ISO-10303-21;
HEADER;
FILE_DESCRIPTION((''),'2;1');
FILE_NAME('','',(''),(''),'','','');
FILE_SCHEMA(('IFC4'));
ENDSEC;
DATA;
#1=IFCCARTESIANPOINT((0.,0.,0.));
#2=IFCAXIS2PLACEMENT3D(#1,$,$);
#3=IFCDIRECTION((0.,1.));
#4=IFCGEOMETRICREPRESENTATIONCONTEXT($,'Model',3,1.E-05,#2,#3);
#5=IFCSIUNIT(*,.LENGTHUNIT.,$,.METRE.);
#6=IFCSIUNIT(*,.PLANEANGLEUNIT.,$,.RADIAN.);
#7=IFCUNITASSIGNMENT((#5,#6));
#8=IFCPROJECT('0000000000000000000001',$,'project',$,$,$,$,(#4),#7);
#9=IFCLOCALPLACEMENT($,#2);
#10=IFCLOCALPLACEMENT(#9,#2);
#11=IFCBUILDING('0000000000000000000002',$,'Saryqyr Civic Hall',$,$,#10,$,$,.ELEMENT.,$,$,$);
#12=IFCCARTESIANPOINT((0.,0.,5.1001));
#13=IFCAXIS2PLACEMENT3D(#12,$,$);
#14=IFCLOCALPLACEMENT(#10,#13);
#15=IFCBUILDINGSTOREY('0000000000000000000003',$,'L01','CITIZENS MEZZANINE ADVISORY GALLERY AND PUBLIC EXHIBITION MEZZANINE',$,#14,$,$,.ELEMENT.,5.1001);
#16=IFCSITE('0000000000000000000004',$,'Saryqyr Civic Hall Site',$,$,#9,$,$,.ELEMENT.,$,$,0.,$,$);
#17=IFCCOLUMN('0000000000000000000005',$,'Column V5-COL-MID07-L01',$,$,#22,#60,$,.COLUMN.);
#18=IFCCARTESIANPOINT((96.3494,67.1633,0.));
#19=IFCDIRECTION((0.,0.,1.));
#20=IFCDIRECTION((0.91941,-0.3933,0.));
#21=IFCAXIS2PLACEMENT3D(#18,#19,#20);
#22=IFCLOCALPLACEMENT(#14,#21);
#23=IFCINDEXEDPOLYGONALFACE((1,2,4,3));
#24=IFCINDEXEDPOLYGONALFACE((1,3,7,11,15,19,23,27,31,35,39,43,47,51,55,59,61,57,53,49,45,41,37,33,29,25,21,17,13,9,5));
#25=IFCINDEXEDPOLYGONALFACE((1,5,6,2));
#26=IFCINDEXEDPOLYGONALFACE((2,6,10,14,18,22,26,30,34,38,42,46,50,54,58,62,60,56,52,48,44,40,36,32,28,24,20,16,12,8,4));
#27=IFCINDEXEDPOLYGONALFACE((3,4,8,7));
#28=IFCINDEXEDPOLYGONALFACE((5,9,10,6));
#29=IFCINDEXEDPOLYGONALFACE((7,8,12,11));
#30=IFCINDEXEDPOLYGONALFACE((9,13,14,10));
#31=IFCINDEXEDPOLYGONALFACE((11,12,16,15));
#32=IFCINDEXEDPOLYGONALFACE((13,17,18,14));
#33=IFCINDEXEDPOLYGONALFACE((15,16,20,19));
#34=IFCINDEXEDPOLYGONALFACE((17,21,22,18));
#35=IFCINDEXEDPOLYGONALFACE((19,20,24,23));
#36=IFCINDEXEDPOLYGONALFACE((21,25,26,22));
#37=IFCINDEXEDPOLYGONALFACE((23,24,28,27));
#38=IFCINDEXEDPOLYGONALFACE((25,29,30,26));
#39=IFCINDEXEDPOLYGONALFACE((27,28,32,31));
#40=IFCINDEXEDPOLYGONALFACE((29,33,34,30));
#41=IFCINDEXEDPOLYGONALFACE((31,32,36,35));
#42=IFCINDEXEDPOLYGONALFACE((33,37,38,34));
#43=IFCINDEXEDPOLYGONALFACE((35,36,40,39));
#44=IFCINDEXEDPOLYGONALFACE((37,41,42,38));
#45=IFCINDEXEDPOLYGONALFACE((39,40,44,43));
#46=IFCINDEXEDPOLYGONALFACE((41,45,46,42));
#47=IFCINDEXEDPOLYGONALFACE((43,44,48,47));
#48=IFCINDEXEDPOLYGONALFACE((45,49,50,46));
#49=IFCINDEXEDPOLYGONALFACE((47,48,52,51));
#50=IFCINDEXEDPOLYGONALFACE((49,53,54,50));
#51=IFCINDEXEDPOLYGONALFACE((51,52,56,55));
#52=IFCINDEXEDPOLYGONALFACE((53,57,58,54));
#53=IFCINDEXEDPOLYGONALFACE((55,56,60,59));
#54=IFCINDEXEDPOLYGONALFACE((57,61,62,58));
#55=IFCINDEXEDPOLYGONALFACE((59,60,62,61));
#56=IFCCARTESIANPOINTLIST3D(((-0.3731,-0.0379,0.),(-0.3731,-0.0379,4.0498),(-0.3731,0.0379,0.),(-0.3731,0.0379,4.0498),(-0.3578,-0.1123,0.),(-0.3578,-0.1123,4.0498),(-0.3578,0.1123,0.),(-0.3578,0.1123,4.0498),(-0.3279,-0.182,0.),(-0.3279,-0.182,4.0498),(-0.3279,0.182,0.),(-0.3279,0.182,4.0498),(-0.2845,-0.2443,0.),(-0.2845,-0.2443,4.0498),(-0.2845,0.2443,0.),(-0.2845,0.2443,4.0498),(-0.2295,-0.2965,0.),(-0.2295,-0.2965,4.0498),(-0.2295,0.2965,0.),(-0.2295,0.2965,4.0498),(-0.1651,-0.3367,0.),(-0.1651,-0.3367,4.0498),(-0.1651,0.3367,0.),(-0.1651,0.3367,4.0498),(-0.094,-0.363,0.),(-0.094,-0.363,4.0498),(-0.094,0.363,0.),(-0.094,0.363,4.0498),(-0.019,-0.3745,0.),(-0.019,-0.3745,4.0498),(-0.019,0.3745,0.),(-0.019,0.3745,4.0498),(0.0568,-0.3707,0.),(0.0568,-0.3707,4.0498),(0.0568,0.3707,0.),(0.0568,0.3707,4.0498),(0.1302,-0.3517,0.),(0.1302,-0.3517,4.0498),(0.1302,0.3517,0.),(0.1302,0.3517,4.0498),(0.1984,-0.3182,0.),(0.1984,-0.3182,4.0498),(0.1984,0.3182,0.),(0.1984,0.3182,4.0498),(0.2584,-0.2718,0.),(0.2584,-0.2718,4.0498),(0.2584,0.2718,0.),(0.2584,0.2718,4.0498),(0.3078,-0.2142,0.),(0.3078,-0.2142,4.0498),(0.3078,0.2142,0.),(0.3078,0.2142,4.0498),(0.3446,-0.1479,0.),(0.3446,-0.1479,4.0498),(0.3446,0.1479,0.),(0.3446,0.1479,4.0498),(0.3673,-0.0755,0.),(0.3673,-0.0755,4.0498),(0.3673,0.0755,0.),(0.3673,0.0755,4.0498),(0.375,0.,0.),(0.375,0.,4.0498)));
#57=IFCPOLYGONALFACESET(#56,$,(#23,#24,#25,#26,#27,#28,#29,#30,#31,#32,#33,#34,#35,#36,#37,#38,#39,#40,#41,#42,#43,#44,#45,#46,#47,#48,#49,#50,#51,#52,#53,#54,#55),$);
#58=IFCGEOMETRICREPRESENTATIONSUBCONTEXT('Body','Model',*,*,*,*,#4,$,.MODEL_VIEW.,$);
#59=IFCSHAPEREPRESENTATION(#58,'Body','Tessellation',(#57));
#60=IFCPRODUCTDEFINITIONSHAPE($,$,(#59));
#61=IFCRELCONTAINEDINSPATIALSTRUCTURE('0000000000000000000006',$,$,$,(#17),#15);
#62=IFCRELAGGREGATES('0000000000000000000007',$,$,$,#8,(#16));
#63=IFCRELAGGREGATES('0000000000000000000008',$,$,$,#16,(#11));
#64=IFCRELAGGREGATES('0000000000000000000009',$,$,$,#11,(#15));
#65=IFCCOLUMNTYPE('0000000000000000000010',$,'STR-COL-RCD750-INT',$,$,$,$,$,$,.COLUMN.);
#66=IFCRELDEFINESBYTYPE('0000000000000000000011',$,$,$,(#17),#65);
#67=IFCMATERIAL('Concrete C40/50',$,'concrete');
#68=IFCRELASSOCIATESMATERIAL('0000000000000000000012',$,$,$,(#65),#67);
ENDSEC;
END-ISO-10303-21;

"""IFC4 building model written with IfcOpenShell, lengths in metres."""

from ifc_helpers import new_model, si_unit, direction, frame, origin, origin_2d, place, context, subcontext, project, spatial, circle, extrude, material, material_profile, profile_set, type_object, element, save


model = new_model("IFC4")

# Units and contexts
model_context = context("Model", 3, precision=1e-05, world=origin(), true_north=direction((0.0, 1.0)))
body_context = subcontext(model_context, "Body", "Model", "MODEL_VIEW")
ifc_project = project(units=[si_unit("LENGTHUNIT", "METRE"), si_unit("PLANEANGLEUNIT", "RADIAN")], contexts=[model_context])

# Site, building, storey
site_placement = place(None, origin())
site = spatial("IfcSite", under=ifc_project, at=site_placement, Name="Saryqyr Civic Hall Site", CompositionType="ELEMENT", RefElevation=0.0)
building_placement = place(site_placement, origin())
building = spatial("IfcBuilding", under=site, at=building_placement, Name="Saryqyr Civic Hall", CompositionType="ELEMENT")
storey_placement = place(building_placement, frame((0.0, 0.0, 5.1001)))
storey = spatial("IfcBuildingStorey", under=building, at=storey_placement, Name="L01", Description="CITIZENS MEZZANINE ADVISORY GALLERY AND PUBLIC EXHIBITION MEZZANINE", CompositionType="ELEMENT", Elevation=5.1001)

# Column
ifc_material_1 = material(Name="Concrete C40/50", Category="concrete")
ifc_material_profile_1 = material_profile(ifc_material_1, circle(Radius=0.375, at=origin_2d()), Name="RC D750")
ifc_profile_set_1 = profile_set([ifc_material_profile_1], Name="Concrete C40/50")
column_type_1 = type_object("IfcColumnType", Name="STR-COL-RCD750-INT", PredefinedType="COLUMN", material=ifc_profile_set_1)
column_placement = place(storey_placement, frame((96.3494, 67.1633, 0.0), z_axis=(0.0, 0.0, 1.0), x_axis=(0.91941, -0.3933, 0.0)))
element("IfcColumn", 1, at=column_placement, inside=storey, type_object=column_type_1, Name="Column V5-COL-MID07-L01", PredefinedType="COLUMN", context=body_context, shape_type="SweptSolid", body=[
    extrude(circle(Radius=0.375, at=origin_2d()), origin(), (0.0, 0.0, 1.0), 4.0498),
])

save(model, "model.ifc")
